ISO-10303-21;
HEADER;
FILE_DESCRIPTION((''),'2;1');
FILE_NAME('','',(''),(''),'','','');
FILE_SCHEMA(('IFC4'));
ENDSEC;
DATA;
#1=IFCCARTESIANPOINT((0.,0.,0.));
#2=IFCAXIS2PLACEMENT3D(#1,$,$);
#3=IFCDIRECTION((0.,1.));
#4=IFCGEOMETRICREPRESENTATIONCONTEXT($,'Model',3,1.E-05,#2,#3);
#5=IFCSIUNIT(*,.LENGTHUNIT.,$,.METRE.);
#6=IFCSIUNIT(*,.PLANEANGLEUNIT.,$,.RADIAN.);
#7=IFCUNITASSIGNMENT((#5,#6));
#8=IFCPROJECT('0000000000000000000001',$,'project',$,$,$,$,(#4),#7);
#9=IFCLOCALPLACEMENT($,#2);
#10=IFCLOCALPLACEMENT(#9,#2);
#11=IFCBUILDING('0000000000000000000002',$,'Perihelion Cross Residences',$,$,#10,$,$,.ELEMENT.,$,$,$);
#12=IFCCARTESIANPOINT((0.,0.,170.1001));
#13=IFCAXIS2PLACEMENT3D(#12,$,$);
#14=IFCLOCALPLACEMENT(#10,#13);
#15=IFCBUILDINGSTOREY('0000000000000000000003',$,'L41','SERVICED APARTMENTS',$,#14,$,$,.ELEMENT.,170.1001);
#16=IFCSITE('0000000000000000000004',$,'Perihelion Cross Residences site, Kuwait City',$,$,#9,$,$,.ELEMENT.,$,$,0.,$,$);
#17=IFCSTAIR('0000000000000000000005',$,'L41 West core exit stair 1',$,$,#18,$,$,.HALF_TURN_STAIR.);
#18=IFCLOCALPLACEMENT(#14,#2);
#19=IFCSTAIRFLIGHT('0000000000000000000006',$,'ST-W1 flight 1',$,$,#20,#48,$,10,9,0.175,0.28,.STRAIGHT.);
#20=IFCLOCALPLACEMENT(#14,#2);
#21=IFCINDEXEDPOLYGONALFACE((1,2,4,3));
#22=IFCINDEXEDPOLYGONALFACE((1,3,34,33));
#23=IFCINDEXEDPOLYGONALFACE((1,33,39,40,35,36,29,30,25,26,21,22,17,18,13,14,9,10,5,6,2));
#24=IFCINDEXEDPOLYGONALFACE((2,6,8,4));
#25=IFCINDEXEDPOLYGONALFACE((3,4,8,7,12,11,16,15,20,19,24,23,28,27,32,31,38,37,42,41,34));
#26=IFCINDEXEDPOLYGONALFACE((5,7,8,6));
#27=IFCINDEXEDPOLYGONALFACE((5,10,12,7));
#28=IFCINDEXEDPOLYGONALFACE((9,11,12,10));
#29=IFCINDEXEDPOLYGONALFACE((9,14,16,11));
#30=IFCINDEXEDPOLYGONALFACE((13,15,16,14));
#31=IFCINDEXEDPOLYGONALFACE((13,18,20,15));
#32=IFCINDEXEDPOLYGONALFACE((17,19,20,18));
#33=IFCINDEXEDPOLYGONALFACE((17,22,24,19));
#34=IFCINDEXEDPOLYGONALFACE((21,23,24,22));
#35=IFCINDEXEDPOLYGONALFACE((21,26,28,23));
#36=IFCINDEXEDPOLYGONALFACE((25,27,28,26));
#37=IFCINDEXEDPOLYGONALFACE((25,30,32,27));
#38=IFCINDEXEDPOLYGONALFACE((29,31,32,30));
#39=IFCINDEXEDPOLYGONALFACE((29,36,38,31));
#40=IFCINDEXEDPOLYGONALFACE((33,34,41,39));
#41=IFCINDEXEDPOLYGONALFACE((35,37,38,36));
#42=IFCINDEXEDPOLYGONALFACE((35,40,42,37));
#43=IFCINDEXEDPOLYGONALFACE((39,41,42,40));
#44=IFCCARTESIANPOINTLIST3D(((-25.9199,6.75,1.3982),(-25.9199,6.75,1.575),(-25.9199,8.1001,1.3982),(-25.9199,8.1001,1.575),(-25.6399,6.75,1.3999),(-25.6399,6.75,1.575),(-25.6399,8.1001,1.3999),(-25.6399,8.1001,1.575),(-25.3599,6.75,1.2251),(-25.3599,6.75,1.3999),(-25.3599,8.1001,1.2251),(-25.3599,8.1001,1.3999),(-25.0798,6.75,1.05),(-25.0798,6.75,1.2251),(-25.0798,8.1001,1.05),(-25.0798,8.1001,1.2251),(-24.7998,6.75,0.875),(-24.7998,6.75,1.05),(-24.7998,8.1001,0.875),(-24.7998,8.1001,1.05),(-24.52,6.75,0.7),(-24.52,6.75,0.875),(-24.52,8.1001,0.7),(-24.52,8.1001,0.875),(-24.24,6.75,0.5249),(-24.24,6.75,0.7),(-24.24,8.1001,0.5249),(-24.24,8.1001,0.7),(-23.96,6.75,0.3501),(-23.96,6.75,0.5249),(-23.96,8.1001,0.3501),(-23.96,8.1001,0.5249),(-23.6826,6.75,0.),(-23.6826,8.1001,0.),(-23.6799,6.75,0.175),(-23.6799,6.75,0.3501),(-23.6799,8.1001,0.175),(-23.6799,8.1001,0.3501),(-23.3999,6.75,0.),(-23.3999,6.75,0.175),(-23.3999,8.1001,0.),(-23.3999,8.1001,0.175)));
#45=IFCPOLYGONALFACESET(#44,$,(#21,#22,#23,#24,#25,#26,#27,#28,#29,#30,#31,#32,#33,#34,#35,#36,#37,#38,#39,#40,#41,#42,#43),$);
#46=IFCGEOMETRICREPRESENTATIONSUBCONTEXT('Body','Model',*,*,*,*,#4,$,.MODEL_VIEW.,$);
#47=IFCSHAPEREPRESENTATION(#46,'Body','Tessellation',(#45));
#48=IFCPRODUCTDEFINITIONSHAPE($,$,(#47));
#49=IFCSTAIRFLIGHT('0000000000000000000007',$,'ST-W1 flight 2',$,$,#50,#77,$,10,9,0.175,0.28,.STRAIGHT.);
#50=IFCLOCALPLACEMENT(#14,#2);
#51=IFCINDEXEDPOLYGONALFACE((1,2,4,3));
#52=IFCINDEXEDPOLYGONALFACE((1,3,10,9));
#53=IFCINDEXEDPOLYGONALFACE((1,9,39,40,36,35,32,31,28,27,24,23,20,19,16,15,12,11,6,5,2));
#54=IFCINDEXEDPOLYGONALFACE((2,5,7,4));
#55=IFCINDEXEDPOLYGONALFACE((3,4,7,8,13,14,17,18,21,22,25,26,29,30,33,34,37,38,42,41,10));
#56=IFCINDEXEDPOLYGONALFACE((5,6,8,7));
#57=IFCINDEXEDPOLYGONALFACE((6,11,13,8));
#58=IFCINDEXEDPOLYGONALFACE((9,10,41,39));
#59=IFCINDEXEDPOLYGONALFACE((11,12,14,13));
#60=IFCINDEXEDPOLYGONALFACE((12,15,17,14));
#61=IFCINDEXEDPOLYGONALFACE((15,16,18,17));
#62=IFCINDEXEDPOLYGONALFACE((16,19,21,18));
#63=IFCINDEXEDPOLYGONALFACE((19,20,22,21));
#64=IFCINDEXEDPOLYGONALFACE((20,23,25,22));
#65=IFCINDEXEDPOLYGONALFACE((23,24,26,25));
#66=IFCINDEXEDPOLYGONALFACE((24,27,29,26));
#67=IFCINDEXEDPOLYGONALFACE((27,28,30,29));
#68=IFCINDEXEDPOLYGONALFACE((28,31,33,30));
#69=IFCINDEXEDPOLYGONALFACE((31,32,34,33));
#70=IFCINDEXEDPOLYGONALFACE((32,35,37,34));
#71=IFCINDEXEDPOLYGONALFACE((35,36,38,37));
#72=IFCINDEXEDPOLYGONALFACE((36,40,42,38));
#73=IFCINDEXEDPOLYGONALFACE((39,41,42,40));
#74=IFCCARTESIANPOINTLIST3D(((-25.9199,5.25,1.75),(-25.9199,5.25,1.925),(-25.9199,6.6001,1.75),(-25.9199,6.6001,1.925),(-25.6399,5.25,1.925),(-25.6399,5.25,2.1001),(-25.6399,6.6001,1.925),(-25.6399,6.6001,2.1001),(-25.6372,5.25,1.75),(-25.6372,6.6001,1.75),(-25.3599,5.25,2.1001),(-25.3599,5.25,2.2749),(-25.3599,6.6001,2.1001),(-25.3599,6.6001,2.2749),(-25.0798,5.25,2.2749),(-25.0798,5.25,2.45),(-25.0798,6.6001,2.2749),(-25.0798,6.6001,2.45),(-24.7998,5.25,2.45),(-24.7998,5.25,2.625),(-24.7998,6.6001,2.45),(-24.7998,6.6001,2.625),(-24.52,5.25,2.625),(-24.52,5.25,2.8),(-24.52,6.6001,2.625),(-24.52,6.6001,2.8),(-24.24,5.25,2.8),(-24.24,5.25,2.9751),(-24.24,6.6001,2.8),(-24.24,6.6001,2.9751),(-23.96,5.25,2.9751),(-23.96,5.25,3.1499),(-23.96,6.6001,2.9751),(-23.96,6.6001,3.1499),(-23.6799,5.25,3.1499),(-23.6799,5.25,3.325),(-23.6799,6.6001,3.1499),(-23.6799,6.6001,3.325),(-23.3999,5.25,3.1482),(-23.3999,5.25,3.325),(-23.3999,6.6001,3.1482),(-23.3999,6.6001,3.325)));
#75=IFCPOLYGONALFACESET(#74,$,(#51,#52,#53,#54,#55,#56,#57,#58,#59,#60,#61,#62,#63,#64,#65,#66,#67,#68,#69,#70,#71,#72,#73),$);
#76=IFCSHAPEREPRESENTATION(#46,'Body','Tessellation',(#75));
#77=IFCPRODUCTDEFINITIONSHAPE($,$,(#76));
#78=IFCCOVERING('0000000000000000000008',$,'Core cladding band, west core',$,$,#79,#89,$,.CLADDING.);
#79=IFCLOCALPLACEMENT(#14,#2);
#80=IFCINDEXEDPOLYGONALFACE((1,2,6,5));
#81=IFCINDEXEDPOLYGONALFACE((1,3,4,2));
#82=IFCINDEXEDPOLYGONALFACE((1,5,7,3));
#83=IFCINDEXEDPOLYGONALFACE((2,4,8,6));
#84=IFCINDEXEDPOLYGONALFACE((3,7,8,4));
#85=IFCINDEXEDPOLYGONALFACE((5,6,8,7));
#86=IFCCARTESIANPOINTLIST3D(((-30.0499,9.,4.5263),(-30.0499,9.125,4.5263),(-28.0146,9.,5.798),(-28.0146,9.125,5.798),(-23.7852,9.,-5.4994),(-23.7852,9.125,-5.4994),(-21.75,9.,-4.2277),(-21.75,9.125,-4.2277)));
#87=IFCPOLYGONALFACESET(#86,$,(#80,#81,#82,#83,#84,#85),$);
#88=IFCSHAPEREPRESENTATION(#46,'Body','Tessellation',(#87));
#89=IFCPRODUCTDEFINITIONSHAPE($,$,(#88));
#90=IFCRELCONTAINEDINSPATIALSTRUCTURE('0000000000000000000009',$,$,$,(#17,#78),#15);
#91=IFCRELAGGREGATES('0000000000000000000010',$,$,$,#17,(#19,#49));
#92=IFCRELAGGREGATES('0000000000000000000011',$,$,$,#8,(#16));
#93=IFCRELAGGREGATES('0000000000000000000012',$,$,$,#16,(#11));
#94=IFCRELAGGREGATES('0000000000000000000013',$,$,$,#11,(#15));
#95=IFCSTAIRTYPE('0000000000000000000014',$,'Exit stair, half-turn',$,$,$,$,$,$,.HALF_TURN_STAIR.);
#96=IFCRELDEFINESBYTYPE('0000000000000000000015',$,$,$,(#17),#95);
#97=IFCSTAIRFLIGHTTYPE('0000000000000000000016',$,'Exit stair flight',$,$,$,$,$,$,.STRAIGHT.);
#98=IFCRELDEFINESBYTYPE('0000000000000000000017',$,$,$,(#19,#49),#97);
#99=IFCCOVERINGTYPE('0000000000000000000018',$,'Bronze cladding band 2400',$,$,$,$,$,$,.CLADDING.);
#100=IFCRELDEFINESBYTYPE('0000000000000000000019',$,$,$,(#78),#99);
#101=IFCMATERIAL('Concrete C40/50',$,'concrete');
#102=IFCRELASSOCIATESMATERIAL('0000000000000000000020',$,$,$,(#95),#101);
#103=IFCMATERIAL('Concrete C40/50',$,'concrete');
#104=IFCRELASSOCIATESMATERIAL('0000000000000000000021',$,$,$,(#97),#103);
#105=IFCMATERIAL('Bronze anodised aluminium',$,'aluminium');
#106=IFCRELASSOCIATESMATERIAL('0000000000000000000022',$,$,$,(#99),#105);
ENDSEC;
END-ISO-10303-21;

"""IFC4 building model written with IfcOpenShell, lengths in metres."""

from ifc_helpers import new_model, si_unit, direction, frame, origin, origin_2d, place, context, subcontext, project, spatial, polyline, rectangle, outline, extrude, material, material_profile, profile_set, type_object, element, aggregate, save


model = new_model("IFC4")

# Units and contexts
model_context = context("Model", 3, precision=1e-05, world=origin(), true_north=direction((0.0, 1.0)))
body_context = subcontext(model_context, "Body", "Model", "MODEL_VIEW")
ifc_project = project(units=[si_unit("LENGTHUNIT", "METRE"), si_unit("PLANEANGLEUNIT", "RADIAN")], contexts=[model_context])

# Site, building, storey
site_placement = place(None, origin())
site = spatial("IfcSite", under=ifc_project, at=site_placement, Name="Perihelion Cross Residences site, Kuwait City", CompositionType="ELEMENT", RefElevation=0.0)
building_placement = place(site_placement, origin())
building = spatial("IfcBuilding", under=site, at=building_placement, Name="Perihelion Cross Residences", CompositionType="ELEMENT")
storey_placement = place(building_placement, frame((0.0, 0.0, 170.1001)))
storey = spatial("IfcBuildingStorey", under=building, at=storey_placement, Name="L41", Description="SERVICED APARTMENTS", CompositionType="ELEMENT", Elevation=170.1001)

# Stair, stair flights
ifc_material_1 = material(Name="Concrete C40/50", Category="concrete")
stair_type = type_object("IfcStairType", Name="Exit stair, half-turn", PredefinedType="HALF_TURN_STAIR", material=ifc_material_1)
stair_placement = place(storey_placement, origin())
stair = element("IfcStair", 1, at=stair_placement, inside=storey, type_object=stair_type, Name="L41 West core exit stair 1", PredefinedType="HALF_TURN_STAIR")
ifc_material_2 = material(Name="Concrete C40/50", Category="concrete")
stair_flight_type = type_object("IfcStairFlightType", Name="Exit stair flight", PredefinedType="STRAIGHT", material=ifc_material_2)
stair_flight_1_placement = place(storey_placement, frame((-23.3999, 7.425, 0.0), z_axis=(0.0, 0.0, 1.0), x_axis=(-1.0, 0.0, 0.0)))
stair_flight_1 = element("IfcStairFlight", 2, at=stair_flight_1_placement, type_object=stair_flight_type, Name="ST-W1 flight 1", NumberOfRisers=10, NumberOfTreads=9, PredefinedType="STRAIGHT", RiserHeight=0.175, TreadLength=0.28, context=body_context, shape_type="SweptSolid", body=[
    extrude(outline(polyline([(0.0, 0.0), (0.0, 0.175), (0.28, 0.175), (0.28, 0.3501), (0.5601, 0.3501), (0.5601, 0.5249), (0.8401, 0.5249), (0.8401, 0.7), (1.1201, 0.7), (1.1201, 0.875), (1.3999, 0.875), (1.3999, 1.05), (1.6799, 1.05), (1.6799, 1.2251), (1.96, 1.2251), (1.96, 1.3999), (2.24, 1.3999), (2.24, 1.575), (2.52, 1.575), (2.52, 1.75), (2.52, 1.3982), (0.2827, 0.0), (0.0, 0.0)])), frame((0.0, 0.675, 0.0), z_axis=(0.0, -1.0, 0.0), x_axis=(1.0, 0.0, 0.0)), (0.0, 0.0, 1.0), 1.3501),
])
stair_flight_2_placement = place(storey_placement, frame((-25.9199, 5.925, 1.75), z_axis=(0.0, 0.0, 1.0), x_axis=(1.0, 0.0, 0.0)))
stair_flight_2 = element("IfcStairFlight", 3, at=stair_flight_2_placement, type_object=stair_flight_type, Name="ST-W1 flight 2", NumberOfRisers=10, NumberOfTreads=9, PredefinedType="STRAIGHT", RiserHeight=0.175, TreadLength=0.28, context=body_context, shape_type="SweptSolid", body=[
    extrude(outline(polyline([(0.0, 0.0), (0.0, 0.175), (0.28, 0.175), (0.28, 0.3501), (0.5601, 0.3501), (0.5601, 0.5249), (0.8401, 0.5249), (0.8401, 0.7), (1.1201, 0.7), (1.1201, 0.875), (1.3999, 0.875), (1.3999, 1.05), (1.6799, 1.05), (1.6799, 1.2251), (1.96, 1.2251), (1.96, 1.3999), (2.24, 1.3999), (2.24, 1.575), (2.52, 1.575), (2.52, 1.75), (2.52, 1.3982), (0.2827, 0.0), (0.0, 0.0)])), frame((0.0, 0.675, 0.0), z_axis=(0.0, -1.0, 0.0), x_axis=(1.0, 0.0, 0.0)), (0.0, 0.0, 1.0), 1.3501),
])
aggregate(stair, [stair_flight_1, stair_flight_2])

# Covering
ifc_material_3 = material(Name="Bronze anodised aluminium", Category="aluminium")
ifc_material_profile = material_profile(ifc_material_3, rectangle(XDim=0.125, YDim=2.3999, at=origin_2d()), Name="Bronze cladding band 2400")
ifc_profile_set = profile_set([ifc_material_profile], Name="Bronze anodised aluminium")
covering_type = type_object("IfcCoveringType", Name="Bronze cladding band 2400", PredefinedType="CLADDING", material=ifc_profile_set)
covering_placement = place(storey_placement, frame((-22.7676, 9.0625, -4.8635), z_axis=(-0.529915, 0.0, 0.848051), x_axis=(0.0, -1.0, 0.0)))
element("IfcCovering", 4, at=covering_placement, inside=storey, type_object=covering_type, Name="Core cladding band, west core", PredefinedType="CLADDING", context=body_context, shape_type="SweptSolid", body=[
    extrude(rectangle(XDim=0.125, YDim=2.3999, at=origin_2d()), origin(), (0.0, 0.0, 1.0), 11.822),
])

save(model, "model.ifc")
